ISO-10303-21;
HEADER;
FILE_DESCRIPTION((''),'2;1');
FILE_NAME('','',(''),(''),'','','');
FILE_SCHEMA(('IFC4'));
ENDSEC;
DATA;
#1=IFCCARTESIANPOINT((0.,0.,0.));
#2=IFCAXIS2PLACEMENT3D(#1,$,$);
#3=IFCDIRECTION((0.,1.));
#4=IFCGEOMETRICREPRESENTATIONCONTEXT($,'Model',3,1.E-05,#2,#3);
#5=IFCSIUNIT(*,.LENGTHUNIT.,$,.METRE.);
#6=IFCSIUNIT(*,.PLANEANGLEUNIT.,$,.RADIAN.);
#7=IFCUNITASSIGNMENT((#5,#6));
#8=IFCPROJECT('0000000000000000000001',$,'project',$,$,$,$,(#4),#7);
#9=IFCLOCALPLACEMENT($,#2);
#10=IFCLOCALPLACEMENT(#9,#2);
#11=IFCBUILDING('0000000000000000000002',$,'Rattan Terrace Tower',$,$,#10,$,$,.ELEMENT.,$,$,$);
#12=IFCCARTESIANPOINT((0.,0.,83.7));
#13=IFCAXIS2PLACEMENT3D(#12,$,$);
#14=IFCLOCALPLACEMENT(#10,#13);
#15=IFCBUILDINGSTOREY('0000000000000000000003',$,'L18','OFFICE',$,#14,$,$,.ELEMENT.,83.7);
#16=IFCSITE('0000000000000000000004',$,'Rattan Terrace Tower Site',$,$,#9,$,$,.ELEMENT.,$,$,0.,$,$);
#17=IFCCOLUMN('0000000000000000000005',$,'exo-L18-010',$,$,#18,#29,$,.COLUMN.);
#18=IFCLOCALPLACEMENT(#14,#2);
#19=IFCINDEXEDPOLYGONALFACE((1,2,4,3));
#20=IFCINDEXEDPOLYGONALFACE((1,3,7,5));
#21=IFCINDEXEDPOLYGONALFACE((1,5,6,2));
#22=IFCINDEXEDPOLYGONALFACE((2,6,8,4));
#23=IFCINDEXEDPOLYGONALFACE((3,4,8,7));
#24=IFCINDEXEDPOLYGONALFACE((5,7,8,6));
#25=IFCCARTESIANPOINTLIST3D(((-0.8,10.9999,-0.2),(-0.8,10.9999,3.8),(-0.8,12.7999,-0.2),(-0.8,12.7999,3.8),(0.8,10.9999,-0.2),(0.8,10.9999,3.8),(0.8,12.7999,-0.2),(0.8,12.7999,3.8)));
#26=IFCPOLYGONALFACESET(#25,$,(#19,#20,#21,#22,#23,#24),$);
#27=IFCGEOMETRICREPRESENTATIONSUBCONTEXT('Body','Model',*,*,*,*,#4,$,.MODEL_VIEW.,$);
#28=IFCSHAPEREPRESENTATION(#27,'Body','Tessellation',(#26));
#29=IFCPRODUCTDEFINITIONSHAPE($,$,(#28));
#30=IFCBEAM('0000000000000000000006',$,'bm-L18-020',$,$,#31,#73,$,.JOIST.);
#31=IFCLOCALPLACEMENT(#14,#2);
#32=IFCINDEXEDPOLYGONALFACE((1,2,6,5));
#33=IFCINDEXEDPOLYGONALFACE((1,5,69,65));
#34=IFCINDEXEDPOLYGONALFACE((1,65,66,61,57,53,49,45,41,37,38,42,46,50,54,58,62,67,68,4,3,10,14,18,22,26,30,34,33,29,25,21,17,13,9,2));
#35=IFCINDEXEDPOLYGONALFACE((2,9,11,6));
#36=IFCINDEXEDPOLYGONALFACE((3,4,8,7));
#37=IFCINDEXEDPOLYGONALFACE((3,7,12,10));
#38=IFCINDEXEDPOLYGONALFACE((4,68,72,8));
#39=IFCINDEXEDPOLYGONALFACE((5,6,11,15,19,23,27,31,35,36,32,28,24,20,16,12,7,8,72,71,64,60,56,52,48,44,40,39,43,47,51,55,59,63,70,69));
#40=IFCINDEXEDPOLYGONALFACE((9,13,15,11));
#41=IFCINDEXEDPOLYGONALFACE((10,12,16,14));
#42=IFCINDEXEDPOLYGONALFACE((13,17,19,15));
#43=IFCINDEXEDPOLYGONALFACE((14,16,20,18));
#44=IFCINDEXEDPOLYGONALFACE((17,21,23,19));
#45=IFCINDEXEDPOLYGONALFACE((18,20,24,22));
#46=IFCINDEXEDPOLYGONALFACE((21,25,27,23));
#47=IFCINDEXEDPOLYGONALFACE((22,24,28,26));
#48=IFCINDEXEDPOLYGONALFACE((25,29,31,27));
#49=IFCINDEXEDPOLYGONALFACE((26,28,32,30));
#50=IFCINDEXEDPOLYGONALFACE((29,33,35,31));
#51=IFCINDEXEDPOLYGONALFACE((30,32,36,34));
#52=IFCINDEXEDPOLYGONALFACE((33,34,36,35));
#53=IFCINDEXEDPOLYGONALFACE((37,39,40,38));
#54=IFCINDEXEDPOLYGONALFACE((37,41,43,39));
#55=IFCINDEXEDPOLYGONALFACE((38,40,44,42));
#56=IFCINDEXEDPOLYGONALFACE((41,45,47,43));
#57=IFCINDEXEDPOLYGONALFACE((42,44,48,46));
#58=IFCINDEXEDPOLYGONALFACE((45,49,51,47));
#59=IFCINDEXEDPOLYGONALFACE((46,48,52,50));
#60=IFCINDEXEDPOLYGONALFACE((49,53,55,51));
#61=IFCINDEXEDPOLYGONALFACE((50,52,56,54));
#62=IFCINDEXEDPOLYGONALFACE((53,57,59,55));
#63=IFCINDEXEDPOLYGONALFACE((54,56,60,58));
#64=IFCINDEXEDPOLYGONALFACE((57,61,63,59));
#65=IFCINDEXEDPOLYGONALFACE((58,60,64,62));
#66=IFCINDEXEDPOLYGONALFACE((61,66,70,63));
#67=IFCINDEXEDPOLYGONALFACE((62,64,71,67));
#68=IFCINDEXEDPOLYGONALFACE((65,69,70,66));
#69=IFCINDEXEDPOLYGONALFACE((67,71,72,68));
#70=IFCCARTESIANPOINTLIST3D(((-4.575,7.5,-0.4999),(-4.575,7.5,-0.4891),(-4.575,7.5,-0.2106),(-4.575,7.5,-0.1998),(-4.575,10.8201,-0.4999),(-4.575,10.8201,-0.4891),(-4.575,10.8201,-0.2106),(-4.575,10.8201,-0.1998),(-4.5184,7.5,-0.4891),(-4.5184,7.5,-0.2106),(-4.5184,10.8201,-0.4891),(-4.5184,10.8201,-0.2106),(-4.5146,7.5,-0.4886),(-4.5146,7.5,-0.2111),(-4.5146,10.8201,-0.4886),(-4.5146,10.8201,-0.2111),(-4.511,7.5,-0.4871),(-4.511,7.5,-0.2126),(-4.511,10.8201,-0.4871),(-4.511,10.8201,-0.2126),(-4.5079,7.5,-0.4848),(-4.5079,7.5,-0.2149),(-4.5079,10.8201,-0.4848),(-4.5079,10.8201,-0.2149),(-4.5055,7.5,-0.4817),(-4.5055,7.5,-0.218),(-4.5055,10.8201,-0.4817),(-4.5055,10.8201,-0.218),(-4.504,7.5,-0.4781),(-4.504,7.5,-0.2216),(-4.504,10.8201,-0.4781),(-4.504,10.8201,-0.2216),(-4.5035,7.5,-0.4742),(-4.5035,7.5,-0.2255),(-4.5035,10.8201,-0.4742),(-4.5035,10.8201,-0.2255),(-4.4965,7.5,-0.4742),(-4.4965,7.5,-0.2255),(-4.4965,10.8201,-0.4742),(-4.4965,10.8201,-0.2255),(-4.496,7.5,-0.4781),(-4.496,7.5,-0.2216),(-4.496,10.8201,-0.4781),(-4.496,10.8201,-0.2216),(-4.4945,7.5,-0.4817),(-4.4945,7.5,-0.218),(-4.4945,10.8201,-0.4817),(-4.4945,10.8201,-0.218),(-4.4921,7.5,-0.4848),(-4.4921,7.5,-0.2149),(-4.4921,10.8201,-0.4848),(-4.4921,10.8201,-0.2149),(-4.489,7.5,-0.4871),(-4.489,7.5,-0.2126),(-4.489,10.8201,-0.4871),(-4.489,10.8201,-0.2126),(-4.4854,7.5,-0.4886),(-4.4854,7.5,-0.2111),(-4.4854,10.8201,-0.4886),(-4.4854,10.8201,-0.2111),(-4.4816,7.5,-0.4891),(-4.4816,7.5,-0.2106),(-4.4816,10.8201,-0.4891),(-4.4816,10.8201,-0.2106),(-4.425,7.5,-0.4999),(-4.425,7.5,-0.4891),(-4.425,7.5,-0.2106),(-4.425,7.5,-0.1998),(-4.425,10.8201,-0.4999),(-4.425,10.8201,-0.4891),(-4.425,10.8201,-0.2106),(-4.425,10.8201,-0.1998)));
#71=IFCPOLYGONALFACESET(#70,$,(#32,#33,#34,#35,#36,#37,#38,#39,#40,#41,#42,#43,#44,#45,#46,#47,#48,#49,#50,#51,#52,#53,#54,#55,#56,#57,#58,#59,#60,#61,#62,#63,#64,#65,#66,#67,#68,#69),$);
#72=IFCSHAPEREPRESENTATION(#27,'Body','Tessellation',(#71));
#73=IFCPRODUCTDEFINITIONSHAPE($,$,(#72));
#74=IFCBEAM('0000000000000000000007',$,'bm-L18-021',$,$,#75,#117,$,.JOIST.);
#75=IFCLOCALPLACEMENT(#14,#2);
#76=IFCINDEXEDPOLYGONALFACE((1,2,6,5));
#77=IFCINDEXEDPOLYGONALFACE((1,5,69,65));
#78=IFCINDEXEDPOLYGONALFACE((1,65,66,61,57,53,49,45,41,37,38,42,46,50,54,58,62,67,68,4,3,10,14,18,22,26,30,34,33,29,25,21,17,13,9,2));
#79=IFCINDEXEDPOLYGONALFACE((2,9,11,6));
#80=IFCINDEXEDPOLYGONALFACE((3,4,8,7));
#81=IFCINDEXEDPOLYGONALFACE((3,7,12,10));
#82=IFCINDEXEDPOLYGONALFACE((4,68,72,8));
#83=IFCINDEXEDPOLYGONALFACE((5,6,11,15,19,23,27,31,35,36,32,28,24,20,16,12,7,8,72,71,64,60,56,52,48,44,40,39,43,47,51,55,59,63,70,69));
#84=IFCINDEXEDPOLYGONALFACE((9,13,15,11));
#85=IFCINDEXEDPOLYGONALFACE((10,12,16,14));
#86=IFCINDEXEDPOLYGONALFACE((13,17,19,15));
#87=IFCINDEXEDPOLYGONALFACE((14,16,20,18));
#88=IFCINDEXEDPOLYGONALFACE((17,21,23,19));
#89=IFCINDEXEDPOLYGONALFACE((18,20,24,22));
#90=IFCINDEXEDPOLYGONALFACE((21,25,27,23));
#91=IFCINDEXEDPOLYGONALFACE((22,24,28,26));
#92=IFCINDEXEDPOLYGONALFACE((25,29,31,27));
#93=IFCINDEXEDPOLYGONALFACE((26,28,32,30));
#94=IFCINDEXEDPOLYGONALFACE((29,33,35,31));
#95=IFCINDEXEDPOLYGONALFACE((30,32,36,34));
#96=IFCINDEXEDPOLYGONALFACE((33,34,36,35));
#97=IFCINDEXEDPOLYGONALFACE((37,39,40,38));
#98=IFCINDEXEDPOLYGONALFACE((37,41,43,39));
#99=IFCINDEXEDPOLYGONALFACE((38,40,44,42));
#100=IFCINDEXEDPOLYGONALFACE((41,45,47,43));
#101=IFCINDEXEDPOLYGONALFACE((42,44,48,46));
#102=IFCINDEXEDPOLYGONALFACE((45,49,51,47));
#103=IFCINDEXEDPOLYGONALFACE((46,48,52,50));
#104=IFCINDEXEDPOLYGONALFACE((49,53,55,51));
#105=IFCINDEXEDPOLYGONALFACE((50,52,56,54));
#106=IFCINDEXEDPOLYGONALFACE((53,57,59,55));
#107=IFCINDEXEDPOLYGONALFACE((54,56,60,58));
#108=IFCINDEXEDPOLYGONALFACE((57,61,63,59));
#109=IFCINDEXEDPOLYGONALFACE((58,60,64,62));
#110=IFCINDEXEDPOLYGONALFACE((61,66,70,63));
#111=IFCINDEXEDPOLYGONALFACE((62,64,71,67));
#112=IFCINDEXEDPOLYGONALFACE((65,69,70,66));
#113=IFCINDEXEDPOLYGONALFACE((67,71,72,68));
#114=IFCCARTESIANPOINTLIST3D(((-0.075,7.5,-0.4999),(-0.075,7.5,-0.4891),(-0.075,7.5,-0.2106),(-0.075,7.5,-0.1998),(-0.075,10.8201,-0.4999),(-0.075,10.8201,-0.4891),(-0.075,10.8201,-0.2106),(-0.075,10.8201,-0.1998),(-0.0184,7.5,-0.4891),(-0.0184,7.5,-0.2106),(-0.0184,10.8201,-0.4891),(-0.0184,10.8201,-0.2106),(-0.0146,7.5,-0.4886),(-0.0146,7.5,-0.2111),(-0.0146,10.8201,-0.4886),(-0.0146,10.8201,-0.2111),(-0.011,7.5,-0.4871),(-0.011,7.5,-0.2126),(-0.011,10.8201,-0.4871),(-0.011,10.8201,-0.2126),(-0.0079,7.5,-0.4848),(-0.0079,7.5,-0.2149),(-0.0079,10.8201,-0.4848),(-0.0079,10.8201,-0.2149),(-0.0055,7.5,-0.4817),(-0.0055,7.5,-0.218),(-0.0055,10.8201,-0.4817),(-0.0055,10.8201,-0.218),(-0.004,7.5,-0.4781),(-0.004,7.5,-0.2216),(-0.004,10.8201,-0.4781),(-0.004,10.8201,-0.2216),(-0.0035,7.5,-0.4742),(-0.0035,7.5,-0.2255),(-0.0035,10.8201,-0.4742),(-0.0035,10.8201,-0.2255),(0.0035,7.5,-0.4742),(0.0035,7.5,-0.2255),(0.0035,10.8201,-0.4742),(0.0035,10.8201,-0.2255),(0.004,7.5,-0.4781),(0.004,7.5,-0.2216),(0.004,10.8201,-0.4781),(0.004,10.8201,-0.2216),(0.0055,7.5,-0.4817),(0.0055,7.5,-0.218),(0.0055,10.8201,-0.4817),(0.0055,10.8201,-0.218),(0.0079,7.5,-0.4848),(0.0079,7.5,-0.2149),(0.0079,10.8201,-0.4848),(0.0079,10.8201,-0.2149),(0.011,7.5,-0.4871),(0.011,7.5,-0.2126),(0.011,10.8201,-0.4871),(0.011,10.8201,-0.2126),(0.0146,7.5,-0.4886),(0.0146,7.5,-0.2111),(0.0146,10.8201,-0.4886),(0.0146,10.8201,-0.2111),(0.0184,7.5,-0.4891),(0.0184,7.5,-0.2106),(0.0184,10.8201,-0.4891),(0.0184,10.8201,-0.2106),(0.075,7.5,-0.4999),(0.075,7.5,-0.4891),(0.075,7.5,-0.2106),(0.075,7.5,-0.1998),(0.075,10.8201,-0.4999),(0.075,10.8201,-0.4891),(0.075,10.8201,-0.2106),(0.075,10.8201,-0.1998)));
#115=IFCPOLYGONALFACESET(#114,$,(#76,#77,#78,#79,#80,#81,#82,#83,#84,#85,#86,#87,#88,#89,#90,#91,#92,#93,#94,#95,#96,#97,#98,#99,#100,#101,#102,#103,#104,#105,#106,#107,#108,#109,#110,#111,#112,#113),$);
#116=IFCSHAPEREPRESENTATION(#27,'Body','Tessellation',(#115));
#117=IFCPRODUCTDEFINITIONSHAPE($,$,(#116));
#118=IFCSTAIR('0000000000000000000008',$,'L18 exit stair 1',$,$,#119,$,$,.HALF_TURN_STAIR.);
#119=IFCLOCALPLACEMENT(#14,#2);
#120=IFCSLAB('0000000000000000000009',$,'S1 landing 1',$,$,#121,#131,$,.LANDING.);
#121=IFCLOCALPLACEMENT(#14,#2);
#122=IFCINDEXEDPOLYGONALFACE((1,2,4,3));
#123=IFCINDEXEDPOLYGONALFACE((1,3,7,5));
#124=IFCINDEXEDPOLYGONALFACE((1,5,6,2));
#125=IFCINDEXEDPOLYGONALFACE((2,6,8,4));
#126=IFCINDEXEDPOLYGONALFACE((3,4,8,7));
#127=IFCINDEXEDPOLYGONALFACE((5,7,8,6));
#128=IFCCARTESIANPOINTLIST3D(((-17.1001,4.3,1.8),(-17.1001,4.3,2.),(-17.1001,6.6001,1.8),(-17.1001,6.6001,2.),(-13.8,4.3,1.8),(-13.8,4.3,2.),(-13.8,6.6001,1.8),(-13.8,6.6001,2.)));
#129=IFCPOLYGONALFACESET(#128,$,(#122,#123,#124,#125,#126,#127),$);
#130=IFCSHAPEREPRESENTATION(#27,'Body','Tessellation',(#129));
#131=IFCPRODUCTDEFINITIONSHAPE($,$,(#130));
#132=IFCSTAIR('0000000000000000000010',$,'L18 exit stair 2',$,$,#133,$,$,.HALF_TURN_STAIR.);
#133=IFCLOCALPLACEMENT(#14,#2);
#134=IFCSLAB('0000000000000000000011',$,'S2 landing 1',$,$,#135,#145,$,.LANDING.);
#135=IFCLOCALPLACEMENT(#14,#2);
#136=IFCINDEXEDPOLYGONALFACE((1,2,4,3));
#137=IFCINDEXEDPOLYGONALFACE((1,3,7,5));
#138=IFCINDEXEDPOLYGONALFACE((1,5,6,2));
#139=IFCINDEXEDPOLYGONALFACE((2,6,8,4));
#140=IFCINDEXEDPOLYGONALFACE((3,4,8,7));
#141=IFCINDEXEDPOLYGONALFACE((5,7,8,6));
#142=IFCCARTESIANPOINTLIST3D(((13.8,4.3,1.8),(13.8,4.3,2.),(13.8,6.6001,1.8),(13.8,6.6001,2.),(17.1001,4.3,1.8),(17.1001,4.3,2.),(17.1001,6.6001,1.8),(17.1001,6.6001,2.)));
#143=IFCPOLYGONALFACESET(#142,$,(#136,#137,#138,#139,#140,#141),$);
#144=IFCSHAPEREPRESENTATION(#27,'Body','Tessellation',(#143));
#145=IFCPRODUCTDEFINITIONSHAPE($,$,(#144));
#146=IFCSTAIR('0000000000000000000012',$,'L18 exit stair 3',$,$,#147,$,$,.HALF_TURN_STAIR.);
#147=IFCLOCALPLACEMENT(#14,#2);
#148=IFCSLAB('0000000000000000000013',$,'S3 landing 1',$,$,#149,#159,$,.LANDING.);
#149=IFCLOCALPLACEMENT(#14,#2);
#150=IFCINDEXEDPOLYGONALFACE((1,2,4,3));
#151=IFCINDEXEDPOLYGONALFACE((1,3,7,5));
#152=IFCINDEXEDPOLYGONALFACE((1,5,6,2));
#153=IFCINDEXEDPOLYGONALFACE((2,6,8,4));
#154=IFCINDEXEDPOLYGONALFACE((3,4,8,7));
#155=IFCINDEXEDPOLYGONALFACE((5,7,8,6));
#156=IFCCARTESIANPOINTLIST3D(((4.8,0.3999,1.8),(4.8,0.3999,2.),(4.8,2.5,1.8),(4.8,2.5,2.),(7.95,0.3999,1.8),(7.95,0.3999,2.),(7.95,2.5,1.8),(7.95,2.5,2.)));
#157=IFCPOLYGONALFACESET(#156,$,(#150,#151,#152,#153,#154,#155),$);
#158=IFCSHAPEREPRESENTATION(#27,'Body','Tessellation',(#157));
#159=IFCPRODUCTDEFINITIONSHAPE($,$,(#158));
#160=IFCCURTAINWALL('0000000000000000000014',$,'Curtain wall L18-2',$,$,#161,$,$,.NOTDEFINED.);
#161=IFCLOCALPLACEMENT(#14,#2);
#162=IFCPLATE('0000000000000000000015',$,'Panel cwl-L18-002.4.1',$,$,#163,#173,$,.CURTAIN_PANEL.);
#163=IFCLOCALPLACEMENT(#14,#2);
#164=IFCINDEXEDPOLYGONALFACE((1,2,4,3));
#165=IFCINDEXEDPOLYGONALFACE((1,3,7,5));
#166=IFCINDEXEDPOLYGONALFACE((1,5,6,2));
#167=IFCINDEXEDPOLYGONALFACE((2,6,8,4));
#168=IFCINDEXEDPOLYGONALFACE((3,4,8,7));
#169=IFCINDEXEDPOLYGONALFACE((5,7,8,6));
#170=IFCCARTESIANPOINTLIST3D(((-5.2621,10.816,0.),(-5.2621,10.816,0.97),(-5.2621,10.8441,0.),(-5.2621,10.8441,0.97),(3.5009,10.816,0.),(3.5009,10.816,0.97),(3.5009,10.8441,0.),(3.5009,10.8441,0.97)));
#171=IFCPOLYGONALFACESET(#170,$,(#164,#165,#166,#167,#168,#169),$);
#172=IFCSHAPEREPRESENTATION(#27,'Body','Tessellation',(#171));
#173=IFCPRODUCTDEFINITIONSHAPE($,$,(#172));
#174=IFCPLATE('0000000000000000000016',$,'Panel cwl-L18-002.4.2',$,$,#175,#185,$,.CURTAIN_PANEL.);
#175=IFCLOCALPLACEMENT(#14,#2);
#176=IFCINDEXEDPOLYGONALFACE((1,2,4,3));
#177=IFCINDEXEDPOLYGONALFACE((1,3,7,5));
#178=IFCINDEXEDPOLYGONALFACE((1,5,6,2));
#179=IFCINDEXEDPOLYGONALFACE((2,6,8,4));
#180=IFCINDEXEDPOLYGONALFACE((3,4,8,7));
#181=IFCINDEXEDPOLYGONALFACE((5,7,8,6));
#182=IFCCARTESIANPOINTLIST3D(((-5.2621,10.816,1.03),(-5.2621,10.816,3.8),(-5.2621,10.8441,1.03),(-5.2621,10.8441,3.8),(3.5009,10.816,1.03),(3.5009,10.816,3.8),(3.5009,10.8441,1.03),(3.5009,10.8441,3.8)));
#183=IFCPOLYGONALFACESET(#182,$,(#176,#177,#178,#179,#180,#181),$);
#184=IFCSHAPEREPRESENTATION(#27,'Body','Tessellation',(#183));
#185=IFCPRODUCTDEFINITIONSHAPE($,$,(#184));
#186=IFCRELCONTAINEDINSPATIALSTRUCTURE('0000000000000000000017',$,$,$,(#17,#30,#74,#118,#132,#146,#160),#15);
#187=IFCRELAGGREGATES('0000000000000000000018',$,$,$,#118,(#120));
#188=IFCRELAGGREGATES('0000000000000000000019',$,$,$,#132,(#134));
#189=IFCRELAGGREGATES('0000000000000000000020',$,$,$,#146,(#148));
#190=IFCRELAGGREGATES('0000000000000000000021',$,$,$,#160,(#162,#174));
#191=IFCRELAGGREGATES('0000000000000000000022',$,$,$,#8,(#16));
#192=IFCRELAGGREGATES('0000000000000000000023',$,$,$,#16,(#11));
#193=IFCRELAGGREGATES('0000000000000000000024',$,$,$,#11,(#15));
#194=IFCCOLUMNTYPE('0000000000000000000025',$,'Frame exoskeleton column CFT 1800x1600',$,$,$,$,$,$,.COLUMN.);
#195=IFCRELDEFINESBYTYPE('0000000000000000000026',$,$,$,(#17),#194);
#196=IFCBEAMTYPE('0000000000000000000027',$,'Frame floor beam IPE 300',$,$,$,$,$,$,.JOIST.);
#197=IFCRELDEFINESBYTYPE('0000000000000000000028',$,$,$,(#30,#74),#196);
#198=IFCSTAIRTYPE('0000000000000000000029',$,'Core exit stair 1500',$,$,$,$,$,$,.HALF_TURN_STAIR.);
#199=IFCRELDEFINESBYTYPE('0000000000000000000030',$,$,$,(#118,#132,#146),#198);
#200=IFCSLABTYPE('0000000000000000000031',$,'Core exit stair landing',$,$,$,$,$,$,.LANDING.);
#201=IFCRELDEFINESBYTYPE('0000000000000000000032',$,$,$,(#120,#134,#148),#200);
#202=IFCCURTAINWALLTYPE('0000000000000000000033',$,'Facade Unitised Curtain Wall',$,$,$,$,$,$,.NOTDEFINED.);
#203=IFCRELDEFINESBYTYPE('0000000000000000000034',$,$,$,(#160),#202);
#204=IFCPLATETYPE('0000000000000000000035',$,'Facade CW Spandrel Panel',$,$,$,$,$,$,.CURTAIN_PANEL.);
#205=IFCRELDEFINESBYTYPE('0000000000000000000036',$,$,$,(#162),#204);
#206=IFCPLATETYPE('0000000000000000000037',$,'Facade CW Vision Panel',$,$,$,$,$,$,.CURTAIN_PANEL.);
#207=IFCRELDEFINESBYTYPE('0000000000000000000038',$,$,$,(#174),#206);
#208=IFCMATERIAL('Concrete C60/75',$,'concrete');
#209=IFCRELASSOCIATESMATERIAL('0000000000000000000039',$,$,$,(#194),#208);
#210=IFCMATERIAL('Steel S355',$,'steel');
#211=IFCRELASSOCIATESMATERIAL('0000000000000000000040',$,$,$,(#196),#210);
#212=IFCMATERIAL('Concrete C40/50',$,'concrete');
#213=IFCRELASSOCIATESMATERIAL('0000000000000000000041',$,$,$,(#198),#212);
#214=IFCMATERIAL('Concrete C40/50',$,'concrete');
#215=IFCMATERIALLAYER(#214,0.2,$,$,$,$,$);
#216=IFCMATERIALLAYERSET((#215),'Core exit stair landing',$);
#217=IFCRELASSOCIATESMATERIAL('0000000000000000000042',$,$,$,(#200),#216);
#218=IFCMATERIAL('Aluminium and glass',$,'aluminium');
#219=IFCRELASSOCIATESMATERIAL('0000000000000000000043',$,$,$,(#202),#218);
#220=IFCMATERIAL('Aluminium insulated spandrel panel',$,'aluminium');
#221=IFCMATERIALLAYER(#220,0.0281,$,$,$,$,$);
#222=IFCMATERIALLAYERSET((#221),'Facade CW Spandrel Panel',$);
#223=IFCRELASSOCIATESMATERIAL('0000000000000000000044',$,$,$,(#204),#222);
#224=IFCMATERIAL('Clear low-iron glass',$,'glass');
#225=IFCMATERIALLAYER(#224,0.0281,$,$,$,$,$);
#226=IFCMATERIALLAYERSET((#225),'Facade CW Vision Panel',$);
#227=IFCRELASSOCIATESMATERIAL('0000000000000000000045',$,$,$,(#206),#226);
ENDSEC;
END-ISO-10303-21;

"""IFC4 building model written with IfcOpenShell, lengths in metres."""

from ifc_helpers import new_model, si_unit, direction, frame, origin, origin_2d, place, context, subcontext, project, spatial, polyline, rectangle, i_section, outline, extrude, material, layer, layer_set, material_profile, profile_set, type_object, element, aggregate, save


model = new_model("IFC4")

# Units and contexts
model_context = context("Model", 3, precision=1e-05, world=origin(), true_north=direction((0.0, 1.0)))
body_context = subcontext(model_context, "Body", "Model", "MODEL_VIEW")
ifc_project = project(units=[si_unit("LENGTHUNIT", "METRE"), si_unit("PLANEANGLEUNIT", "RADIAN")], contexts=[model_context])

# Site, building, storey
site_placement = place(None, origin())
site = spatial("IfcSite", under=ifc_project, at=site_placement, Name="Rattan Terrace Tower Site", CompositionType="ELEMENT", RefElevation=0.0)
building_placement = place(site_placement, origin())
building = spatial("IfcBuilding", under=site, at=building_placement, Name="Rattan Terrace Tower", CompositionType="ELEMENT")
storey_placement = place(building_placement, frame((0.0, 0.0, 83.7)))
storey = spatial("IfcBuildingStorey", under=building, at=storey_placement, Name="L18", Description="OFFICE", CompositionType="ELEMENT", Elevation=83.7)

# Column
ifc_material_1 = material(Name="Concrete C60/75", Category="concrete")
ifc_material_profile_1 = material_profile(ifc_material_1, rectangle(XDim=1.6001, YDim=1.8, at=origin_2d()), Name="CFT 1800x1600")
ifc_profile_set_1 = profile_set([ifc_material_profile_1], Name="Concrete C60/75")
column_type = type_object("IfcColumnType", Name="Frame exoskeleton column CFT 1800x1600", PredefinedType="COLUMN", material=ifc_profile_set_1)
column_placement = place(storey_placement, frame((0.0, 11.8999, -0.2), z_axis=(0.0, 0.0, 1.0), x_axis=(1.0, 0.0, 0.0)))
element("IfcColumn", 1, at=column_placement, inside=storey, type_object=column_type, Name="exo-L18-010", PredefinedType="COLUMN", context=body_context, shape_type="SweptSolid", body=[
    extrude(rectangle(XDim=1.6001, YDim=1.8, at=origin_2d()), origin(), (0.0, 0.0, 1.0), 4.0),
])

# Beams
ifc_material_2 = material(Name="Steel S355", Category="steel")
ifc_material_profile_2 = material_profile(ifc_material_2, i_section(OverallWidth=0.1499, OverallDepth=0.3, WebThickness=0.0071, FlangeThickness=0.0107, FilletRadius=0.0149, at=origin_2d()), Name="IPE 300")
ifc_profile_set_2 = profile_set([ifc_material_profile_2], Name="Steel S355")
beam_type = type_object("IfcBeamType", Name="Frame floor beam IPE 300", PredefinedType="JOIST", material=ifc_profile_set_2)
for number, where, z_axis, x_axis, name in (
    (2, (-4.5, 7.5, -0.3499), (0.0, 1.0, 0.0), (-1.0, 0.0, 0.0), "bm-L18-020"),
    (3, (0.0, 7.5, -0.3499), (0.0, 1.0, 0.0), (-1.0, 0.0, 0.0), "bm-L18-021"),
):
    element("IfcBeam", number, at=place(storey_placement, frame(where, z_axis=z_axis, x_axis=x_axis)), inside=storey, type_object=beam_type, Name=name, PredefinedType="JOIST", context=body_context, shape_type="SweptSolid", body=[
        extrude(i_section(OverallWidth=0.1499, OverallDepth=0.3, WebThickness=0.0071, FlangeThickness=0.0107, FilletRadius=0.0149, at=origin_2d()), origin(), (0.0, 0.0, 1.0), 3.3201),
    ])

# Stairs, slabs
ifc_material_3 = material(Name="Concrete C40/50", Category="concrete")
stair_type = type_object("IfcStairType", Name="Core exit stair 1500", PredefinedType="HALF_TURN_STAIR", material=ifc_material_3)
stair_1_placement = place(storey_placement, origin())
stair_1 = element("IfcStair", 4, at=stair_1_placement, inside=storey, type_object=stair_type, Name="L18 exit stair 1", PredefinedType="HALF_TURN_STAIR")
ifc_material_4 = material(Name="Concrete C40/50", Category="concrete")
ifc_layer_1 = layer(ifc_material_4, 0.2)
ifc_layer_set_1 = layer_set([ifc_layer_1], Name="Core exit stair landing")
slab_type_1 = type_object("IfcSlabType", Name="Core exit stair landing", PredefinedType="LANDING", material=ifc_layer_set_1)
slab_1_placement = place(storey_placement, frame((0.0, 0.0, 1.8)))
slab_1 = element("IfcSlab", 5, at=slab_1_placement, type_object=slab_type_1, Name="S1 landing 1", PredefinedType="LANDING", context=body_context, shape_type="SweptSolid", body=[
    extrude(outline(polyline([(-13.8, 4.3), (-13.8, 6.6001), (-17.1001, 6.6001), (-17.1001, 4.3), (-13.8, 4.3)])), origin(), (0.0, 0.0, 1.0), 0.2),
])
aggregate(stair_1, [slab_1])
stair_2_placement = place(storey_placement, origin())
stair_2 = element("IfcStair", 6, at=stair_2_placement, inside=storey, type_object=stair_type, Name="L18 exit stair 2", PredefinedType="HALF_TURN_STAIR")
slab_2_placement = place(storey_placement, frame((0.0, 0.0, 1.8)))
slab_2 = element("IfcSlab", 7, at=slab_2_placement, type_object=slab_type_1, Name="S2 landing 1", PredefinedType="LANDING", context=body_context, shape_type="SweptSolid", body=[
    extrude(outline(polyline([(17.1001, 4.3), (17.1001, 6.6001), (13.8, 6.6001), (13.8, 4.3), (17.1001, 4.3)])), origin(), (0.0, 0.0, 1.0), 0.2),
])
aggregate(stair_2, [slab_2])
stair_3_placement = place(storey_placement, origin())
stair_3 = element("IfcStair", 8, at=stair_3_placement, inside=storey, type_object=stair_type, Name="L18 exit stair 3", PredefinedType="HALF_TURN_STAIR")
slab_3_placement = place(storey_placement, frame((0.0, 0.0, 1.8)))
slab_3 = element("IfcSlab", 9, at=slab_3_placement, type_object=slab_type_1, Name="S3 landing 1", PredefinedType="LANDING", context=body_context, shape_type="SweptSolid", body=[
    extrude(outline(polyline([(4.8, 2.5), (4.8, 0.3999), (7.95, 0.3999), (7.95, 2.5), (4.8, 2.5)])), origin(), (0.0, 0.0, 1.0), 0.2),
])
aggregate(stair_3, [slab_3])

# Curtain wall, plates
ifc_material_5 = material(Name="Aluminium and glass", Category="aluminium")
curtain_wall_type = type_object("IfcCurtainWallType", Name="Facade Unitised Curtain Wall", PredefinedType="NOTDEFINED", material=ifc_material_5)
curtain_wall_placement = place(storey_placement, origin())
curtain_wall = element("IfcCurtainWall", 10, at=curtain_wall_placement, inside=storey, type_object=curtain_wall_type, Name="Curtain wall L18-2", PredefinedType="NOTDEFINED")
ifc_material_6 = material(Name="Aluminium insulated spandrel panel", Category="aluminium")
ifc_layer_2 = layer(ifc_material_6, 0.0281)
ifc_layer_set_2 = layer_set([ifc_layer_2], Name="Facade CW Spandrel Panel")
plate_type_1 = type_object("IfcPlateType", Name="Facade CW Spandrel Panel", PredefinedType="CURTAIN_PANEL", material=ifc_layer_set_2)
plate_1_placement = place(storey_placement, frame((-0.8806, 10.8301, 0.0), z_axis=(0.0, 0.0, 1.0), x_axis=(-1.0, 0.0, 0.0)))
plate_1 = element("IfcPlate", 11, at=plate_1_placement, type_object=plate_type_1, Name="Panel cwl-L18-002.4.1", PredefinedType="CURTAIN_PANEL", context=body_context, shape_type="SweptSolid", body=[
    extrude(rectangle(XDim=8.7629, YDim=0.0281, at=origin_2d()), origin(), (0.0, 0.0, 1.0), 0.97),
])
ifc_material_7 = material(Name="Clear low-iron glass", Category="glass")
ifc_layer_3 = layer(ifc_material_7, 0.0281)
ifc_layer_set_3 = layer_set([ifc_layer_3], Name="Facade CW Vision Panel")
plate_type_2 = type_object("IfcPlateType", Name="Facade CW Vision Panel", PredefinedType="CURTAIN_PANEL", material=ifc_layer_set_3)
plate_2_placement = place(storey_placement, frame((-0.8806, 10.8301, 1.03), z_axis=(0.0, 0.0, 1.0), x_axis=(-1.0, 0.0, 0.0)))
plate_2 = element("IfcPlate", 12, at=plate_2_placement, type_object=plate_type_2, Name="Panel cwl-L18-002.4.2", PredefinedType="CURTAIN_PANEL", context=body_context, shape_type="SweptSolid", body=[
    extrude(rectangle(XDim=8.7629, YDim=0.0281, at=origin_2d()), origin(), (0.0, 0.0, 1.0), 2.77),
])
aggregate(curtain_wall, [plate_1, plate_2])

save(model, "model.ifc")
